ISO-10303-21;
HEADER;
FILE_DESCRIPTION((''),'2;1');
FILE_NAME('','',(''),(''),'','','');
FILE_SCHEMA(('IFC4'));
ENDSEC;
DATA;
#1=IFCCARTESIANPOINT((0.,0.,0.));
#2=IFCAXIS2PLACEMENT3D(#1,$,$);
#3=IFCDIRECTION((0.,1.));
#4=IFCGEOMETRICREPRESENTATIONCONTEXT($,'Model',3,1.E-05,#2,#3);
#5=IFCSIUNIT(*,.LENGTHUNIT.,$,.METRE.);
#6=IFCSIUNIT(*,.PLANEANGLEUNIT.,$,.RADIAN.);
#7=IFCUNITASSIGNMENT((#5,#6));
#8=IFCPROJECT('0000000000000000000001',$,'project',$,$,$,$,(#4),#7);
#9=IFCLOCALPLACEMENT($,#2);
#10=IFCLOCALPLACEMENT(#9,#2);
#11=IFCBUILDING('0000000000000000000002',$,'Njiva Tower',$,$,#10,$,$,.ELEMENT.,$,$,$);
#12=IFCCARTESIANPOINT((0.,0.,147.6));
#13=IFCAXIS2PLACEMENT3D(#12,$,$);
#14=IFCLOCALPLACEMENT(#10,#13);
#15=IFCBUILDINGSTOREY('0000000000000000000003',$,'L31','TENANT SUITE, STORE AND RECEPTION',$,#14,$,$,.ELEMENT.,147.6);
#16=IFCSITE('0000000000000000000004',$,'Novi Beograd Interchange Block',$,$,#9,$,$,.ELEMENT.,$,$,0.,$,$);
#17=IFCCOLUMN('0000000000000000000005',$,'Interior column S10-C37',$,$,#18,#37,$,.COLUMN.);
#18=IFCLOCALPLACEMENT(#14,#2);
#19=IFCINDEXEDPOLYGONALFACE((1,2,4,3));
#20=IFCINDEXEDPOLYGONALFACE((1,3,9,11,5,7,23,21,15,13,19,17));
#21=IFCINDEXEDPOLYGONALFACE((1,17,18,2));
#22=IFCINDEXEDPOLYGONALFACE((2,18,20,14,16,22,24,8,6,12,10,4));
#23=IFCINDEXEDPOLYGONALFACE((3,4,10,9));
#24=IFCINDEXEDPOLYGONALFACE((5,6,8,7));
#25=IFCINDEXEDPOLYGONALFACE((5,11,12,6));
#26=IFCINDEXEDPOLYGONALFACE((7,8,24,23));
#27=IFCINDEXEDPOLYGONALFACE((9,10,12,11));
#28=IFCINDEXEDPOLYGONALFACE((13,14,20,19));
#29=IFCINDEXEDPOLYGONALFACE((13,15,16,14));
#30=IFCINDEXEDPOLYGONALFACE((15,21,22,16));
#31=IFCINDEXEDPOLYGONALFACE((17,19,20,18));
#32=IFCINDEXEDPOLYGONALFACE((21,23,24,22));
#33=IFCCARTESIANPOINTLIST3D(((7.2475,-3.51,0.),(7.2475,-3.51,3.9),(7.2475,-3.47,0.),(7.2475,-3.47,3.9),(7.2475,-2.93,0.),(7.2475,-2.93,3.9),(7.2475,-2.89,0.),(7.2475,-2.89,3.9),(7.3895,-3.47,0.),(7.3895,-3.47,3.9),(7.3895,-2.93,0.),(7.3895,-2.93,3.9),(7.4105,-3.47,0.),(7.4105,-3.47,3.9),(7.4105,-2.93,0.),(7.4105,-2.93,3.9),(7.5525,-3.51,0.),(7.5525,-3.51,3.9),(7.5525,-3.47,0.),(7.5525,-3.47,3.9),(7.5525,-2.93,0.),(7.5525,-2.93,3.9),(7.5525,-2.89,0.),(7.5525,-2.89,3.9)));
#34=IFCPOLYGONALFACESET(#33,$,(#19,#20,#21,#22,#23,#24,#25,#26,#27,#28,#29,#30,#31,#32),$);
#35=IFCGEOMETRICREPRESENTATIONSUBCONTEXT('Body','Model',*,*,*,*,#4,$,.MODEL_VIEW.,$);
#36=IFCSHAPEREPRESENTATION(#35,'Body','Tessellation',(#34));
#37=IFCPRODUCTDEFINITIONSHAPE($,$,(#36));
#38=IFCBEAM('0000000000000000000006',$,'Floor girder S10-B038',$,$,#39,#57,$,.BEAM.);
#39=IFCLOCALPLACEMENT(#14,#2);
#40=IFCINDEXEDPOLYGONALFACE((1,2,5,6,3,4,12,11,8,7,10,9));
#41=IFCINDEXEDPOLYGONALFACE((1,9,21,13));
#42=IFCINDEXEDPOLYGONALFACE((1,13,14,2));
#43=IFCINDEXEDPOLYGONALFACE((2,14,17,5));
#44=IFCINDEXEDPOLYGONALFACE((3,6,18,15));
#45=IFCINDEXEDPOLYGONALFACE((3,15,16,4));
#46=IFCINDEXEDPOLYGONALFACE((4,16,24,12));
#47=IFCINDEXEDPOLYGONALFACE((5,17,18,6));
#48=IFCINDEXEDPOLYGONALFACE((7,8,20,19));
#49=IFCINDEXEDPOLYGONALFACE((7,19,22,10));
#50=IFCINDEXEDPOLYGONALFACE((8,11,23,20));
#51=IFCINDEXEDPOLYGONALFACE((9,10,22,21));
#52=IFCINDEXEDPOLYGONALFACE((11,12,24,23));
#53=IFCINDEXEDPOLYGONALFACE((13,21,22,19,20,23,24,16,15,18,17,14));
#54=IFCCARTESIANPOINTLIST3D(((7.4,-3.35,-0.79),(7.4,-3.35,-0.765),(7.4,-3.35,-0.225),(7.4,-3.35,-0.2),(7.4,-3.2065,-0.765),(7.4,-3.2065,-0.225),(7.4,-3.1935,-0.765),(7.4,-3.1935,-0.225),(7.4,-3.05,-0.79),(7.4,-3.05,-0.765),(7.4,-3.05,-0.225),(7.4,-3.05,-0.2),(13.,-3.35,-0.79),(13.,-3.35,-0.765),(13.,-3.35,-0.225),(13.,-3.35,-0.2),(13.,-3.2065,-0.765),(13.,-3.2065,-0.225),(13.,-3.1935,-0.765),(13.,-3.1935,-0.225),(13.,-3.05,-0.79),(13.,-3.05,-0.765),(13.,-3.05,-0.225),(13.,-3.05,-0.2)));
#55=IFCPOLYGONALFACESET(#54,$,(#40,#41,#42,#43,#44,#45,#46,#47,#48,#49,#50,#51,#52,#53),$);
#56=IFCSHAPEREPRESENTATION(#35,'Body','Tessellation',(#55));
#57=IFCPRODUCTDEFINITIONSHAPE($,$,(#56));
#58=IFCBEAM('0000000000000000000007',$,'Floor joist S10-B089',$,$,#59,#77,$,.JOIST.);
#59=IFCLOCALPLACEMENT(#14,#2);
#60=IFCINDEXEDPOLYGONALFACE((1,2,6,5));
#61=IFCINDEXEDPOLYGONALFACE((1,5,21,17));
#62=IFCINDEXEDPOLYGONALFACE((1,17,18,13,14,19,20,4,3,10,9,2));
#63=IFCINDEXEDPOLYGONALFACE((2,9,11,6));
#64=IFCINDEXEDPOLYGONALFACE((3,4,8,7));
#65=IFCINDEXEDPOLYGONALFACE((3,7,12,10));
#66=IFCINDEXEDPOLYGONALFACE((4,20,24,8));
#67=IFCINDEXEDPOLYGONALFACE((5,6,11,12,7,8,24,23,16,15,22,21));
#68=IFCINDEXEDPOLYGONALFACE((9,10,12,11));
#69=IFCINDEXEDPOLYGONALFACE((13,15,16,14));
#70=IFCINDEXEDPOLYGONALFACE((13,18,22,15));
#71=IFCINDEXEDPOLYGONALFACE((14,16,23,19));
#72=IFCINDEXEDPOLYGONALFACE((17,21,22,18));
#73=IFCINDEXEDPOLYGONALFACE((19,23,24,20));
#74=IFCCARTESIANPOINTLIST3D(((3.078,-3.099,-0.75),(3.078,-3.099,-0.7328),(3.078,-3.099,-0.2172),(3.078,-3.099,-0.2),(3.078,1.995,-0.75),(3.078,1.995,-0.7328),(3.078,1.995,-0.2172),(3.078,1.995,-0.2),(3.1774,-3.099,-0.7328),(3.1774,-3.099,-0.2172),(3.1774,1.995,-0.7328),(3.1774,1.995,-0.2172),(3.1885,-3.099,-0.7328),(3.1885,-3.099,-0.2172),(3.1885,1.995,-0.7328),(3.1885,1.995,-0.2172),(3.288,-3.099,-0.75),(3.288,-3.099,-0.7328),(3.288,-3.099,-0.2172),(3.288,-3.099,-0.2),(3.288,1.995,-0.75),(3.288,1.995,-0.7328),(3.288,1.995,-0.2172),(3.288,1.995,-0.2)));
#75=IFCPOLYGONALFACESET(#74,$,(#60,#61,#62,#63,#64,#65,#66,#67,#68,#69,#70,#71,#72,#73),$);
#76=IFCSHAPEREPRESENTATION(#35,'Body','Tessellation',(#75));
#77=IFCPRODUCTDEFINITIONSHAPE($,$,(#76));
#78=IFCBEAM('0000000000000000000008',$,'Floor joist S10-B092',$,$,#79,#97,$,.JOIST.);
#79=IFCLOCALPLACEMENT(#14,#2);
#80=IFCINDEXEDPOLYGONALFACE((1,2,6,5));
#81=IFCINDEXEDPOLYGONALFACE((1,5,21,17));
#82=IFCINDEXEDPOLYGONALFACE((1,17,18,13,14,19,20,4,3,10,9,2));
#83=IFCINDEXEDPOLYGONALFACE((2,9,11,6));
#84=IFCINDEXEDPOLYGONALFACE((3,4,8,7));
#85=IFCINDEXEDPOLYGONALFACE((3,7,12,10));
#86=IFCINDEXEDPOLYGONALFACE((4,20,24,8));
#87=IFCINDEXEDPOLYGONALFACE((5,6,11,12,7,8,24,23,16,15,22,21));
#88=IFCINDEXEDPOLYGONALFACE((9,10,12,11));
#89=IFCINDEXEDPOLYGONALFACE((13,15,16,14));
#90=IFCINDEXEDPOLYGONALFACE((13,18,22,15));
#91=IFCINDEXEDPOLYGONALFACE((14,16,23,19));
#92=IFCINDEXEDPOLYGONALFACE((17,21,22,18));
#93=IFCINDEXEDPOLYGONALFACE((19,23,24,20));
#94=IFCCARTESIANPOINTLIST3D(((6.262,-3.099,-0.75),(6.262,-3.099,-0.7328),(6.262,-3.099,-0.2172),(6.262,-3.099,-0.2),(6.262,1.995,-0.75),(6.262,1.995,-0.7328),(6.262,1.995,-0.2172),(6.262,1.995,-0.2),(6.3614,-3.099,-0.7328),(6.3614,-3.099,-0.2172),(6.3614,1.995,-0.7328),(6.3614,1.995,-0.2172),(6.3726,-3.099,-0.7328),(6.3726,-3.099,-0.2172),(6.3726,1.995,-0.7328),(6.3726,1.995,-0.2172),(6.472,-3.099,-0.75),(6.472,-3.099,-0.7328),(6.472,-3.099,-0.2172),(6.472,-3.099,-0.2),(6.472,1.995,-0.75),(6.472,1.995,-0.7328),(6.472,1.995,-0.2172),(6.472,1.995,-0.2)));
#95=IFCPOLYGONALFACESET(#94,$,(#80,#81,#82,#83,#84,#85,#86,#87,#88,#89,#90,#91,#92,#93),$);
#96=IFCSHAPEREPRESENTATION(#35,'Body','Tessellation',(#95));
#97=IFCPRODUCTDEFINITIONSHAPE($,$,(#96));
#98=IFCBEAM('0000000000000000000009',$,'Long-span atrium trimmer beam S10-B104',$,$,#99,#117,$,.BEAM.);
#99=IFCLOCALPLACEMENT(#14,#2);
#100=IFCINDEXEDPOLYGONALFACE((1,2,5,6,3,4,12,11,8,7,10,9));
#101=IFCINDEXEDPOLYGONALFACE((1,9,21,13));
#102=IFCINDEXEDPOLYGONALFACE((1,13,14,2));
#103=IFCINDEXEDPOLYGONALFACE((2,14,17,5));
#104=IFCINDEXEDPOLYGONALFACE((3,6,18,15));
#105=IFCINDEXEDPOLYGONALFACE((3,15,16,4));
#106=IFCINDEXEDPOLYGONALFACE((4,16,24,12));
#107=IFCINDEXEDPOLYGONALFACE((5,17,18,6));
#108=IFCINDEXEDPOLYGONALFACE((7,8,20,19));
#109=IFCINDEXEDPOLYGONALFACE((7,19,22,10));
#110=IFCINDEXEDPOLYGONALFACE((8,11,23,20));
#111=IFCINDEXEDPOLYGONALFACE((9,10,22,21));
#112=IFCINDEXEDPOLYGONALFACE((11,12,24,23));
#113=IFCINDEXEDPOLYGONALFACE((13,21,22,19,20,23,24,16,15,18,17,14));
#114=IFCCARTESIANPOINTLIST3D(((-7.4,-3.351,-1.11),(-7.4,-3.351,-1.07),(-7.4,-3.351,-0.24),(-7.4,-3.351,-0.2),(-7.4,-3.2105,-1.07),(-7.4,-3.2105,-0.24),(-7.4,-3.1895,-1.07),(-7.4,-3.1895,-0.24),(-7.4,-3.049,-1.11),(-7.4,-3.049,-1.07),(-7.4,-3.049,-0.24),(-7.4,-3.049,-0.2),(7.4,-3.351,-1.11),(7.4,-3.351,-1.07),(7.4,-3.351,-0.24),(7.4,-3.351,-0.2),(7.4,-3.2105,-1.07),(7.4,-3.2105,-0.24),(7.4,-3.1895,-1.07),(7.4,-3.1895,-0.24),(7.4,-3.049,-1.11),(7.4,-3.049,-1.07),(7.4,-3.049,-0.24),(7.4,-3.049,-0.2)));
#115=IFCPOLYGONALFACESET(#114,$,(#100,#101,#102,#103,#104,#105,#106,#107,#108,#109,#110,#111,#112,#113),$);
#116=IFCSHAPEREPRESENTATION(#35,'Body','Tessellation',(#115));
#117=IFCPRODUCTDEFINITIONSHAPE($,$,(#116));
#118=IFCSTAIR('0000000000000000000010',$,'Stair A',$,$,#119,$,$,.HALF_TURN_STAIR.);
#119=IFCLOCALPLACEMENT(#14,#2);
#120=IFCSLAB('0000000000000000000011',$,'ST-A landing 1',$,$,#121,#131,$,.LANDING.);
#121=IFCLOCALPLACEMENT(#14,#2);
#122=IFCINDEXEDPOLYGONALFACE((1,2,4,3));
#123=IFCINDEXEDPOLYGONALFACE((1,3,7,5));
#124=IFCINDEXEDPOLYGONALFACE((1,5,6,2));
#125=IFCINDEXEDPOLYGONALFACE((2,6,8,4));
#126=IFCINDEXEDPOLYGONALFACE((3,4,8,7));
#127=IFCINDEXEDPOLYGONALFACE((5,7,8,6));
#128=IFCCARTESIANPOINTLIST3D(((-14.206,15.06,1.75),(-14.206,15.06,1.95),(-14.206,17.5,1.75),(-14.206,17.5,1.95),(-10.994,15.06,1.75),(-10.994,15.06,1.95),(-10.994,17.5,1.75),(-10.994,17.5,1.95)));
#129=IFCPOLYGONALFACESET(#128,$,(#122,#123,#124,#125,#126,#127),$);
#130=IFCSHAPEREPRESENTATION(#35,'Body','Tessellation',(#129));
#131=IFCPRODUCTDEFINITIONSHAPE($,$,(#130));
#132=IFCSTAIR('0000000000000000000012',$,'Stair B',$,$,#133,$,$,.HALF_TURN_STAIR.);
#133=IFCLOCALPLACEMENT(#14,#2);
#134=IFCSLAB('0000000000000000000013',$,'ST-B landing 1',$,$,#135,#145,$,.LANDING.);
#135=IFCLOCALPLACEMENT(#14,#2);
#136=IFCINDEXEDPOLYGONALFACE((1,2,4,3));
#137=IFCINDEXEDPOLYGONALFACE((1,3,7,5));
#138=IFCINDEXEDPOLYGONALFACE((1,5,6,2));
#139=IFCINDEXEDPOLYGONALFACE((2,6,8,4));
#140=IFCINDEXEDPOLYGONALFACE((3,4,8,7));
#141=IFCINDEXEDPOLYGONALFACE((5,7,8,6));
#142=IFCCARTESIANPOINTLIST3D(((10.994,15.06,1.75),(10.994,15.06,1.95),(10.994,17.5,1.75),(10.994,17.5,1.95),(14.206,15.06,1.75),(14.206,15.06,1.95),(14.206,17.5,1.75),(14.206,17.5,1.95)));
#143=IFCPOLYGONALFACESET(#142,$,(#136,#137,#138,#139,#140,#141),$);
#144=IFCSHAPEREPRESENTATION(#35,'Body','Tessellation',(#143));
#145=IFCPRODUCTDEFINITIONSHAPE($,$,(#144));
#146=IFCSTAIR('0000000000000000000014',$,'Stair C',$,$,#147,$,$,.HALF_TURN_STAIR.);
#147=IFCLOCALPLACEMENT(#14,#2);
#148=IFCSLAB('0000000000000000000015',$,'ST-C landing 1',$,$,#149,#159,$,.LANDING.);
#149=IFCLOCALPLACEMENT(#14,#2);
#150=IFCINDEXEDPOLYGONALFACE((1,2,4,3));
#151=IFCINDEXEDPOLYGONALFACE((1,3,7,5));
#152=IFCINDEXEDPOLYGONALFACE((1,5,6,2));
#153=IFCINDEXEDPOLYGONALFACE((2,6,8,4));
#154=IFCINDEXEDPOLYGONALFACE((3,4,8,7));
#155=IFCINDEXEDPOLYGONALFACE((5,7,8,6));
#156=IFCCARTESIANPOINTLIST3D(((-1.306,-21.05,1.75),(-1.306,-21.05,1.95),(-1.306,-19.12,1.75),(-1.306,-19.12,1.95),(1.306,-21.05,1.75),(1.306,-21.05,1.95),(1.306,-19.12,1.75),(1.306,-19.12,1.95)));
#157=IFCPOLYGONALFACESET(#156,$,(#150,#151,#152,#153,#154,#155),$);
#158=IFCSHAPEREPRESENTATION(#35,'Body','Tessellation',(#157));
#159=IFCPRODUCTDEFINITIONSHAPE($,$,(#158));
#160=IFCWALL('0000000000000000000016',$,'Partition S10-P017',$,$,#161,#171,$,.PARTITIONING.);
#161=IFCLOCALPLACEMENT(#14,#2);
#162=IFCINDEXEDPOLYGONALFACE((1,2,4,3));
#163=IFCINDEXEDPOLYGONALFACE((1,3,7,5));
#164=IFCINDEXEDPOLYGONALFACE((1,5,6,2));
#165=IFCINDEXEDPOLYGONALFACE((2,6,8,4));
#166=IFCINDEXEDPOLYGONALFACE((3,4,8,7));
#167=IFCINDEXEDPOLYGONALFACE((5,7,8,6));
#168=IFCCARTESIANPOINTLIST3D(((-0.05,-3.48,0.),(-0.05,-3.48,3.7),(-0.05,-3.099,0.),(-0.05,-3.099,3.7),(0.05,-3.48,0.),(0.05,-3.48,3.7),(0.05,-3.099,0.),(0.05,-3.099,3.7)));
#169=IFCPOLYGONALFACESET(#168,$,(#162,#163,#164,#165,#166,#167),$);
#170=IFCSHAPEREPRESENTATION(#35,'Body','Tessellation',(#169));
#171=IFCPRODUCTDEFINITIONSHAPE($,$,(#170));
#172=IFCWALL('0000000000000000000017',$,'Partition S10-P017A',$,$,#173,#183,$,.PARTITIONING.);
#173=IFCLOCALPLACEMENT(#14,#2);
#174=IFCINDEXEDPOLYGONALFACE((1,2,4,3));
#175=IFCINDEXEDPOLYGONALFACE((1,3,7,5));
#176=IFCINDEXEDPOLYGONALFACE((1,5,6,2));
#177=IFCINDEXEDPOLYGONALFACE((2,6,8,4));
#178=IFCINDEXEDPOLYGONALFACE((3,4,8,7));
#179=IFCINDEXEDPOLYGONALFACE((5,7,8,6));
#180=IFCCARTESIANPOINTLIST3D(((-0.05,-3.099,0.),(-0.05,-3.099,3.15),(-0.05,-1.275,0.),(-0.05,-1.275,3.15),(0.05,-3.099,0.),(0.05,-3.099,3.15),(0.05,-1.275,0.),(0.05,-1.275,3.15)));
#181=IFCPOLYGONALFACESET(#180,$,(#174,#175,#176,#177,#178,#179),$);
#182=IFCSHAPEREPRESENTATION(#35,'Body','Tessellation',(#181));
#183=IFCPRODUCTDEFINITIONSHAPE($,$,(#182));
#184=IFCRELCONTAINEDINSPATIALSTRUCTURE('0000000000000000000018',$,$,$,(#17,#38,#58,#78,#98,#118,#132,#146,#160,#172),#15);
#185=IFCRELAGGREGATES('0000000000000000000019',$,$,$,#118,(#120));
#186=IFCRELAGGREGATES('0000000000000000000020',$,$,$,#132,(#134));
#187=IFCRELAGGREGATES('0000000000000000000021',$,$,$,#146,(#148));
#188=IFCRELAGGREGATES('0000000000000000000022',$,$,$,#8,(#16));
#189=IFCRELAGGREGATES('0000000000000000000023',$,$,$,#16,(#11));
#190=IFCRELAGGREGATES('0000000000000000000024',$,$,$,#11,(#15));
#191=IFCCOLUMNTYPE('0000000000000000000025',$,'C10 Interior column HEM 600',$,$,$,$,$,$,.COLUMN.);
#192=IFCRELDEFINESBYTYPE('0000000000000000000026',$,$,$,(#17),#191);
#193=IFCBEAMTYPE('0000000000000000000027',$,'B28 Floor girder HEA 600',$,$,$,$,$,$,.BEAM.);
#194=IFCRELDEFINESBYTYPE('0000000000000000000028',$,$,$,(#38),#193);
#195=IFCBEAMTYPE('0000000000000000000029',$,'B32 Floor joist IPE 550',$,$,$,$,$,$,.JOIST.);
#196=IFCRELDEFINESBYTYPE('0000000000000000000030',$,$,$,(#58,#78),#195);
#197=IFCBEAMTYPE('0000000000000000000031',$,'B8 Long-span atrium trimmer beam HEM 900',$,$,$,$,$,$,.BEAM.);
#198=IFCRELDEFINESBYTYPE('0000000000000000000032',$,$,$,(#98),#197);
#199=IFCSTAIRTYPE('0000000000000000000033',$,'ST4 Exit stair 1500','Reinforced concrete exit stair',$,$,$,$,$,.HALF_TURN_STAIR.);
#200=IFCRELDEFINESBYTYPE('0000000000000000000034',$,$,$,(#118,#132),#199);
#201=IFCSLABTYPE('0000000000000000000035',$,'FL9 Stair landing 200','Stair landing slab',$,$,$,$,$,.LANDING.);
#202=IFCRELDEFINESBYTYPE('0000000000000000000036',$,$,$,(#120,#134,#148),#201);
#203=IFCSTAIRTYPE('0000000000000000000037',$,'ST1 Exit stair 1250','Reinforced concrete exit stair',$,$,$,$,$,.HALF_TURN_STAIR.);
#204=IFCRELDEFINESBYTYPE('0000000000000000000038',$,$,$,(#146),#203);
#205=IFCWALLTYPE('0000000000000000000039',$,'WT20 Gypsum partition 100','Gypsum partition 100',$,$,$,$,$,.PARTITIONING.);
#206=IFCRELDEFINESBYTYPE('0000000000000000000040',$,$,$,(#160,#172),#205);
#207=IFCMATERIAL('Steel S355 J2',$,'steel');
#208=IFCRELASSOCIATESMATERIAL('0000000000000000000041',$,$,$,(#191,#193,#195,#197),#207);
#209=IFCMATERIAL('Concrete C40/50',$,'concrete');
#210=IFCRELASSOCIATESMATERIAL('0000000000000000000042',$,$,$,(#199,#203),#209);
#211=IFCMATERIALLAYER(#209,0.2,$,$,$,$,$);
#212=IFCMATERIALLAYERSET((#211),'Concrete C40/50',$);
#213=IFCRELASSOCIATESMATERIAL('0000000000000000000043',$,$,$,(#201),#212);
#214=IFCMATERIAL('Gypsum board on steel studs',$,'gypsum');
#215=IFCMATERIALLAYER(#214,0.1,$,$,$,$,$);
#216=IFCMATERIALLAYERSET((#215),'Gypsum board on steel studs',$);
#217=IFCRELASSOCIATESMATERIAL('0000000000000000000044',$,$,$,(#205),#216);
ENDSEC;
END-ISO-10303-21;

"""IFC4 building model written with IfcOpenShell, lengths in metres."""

from ifc_helpers import new_model, si_unit, direction, frame, frame_2d, origin, origin_2d, place, context, subcontext, project, spatial, polyline, rectangle, i_section, outline, extrude, material, layer, layer_set, material_profile, profile_set, type_object, element, aggregate, save


model = new_model("IFC4")

# Units and contexts
model_context = context("Model", 3, precision=1e-05, world=origin(), true_north=direction((0.0, 1.0)))
body_context = subcontext(model_context, "Body", "Model", "MODEL_VIEW")
ifc_project = project(units=[si_unit("LENGTHUNIT", "METRE"), si_unit("PLANEANGLEUNIT", "RADIAN")], contexts=[model_context])

# Site, building, storey
site_placement = place(None, origin())
site = spatial("IfcSite", under=ifc_project, at=site_placement, Name="Novi Beograd Interchange Block", CompositionType="ELEMENT", RefElevation=0.0)
building_placement = place(site_placement, origin())
building = spatial("IfcBuilding", under=site, at=building_placement, Name="Njiva Tower", CompositionType="ELEMENT")
storey_placement = place(building_placement, frame((0.0, 0.0, 147.6)))
storey = spatial("IfcBuildingStorey", under=building, at=storey_placement, Name="L31", Description="TENANT SUITE, STORE AND RECEPTION", CompositionType="ELEMENT", Elevation=147.6)

# Column
ifc_material_1 = material(Name="Steel S355 J2", Category="steel")
ifc_material_profile_1 = material_profile(ifc_material_1, i_section(OverallWidth=0.305, OverallDepth=0.62, WebThickness=0.021, FlangeThickness=0.04, at=origin_2d()), Name="HEM 600")
ifc_profile_set_1 = profile_set([ifc_material_profile_1], Name="Steel S355 J2")
column_type = type_object("IfcColumnType", Name="C10 Interior column HEM 600", PredefinedType="COLUMN", material=ifc_profile_set_1)
column_placement = place(storey_placement, frame((7.4, -3.2, 0.0), z_axis=(0.0, 0.0, 1.0), x_axis=(1.0, 0.0, 0.0)))
element("IfcColumn", 1, at=column_placement, inside=storey, type_object=column_type, Name="Interior column S10-C37", PredefinedType="COLUMN", context=body_context, shape_type="SweptSolid", body=[
    extrude(i_section(OverallWidth=0.305, OverallDepth=0.62, WebThickness=0.021, FlangeThickness=0.04, at=origin_2d()), origin(), (0.0, 0.0, 1.0), 3.9),
])

# Beams
ifc_material_profile_2 = material_profile(ifc_material_1, i_section(OverallWidth=0.3, OverallDepth=0.59, WebThickness=0.013, FlangeThickness=0.025, at=origin_2d()), Name="HEA 600")
ifc_profile_set_2 = profile_set([ifc_material_profile_2], Name="Steel S355 J2")
beam_type_1 = type_object("IfcBeamType", Name="B28 Floor girder HEA 600", PredefinedType="BEAM", material=ifc_profile_set_2)
beam_1_placement = place(storey_placement, frame((7.4, -3.2, -0.495), z_axis=(1.0, 0.0, 0.0), x_axis=(0.0, 1.0, 0.0)))
element("IfcBeam", 2, at=beam_1_placement, inside=storey, type_object=beam_type_1, Name="Floor girder S10-B038", PredefinedType="BEAM", context=body_context, shape_type="SweptSolid", body=[
    extrude(i_section(OverallWidth=0.3, OverallDepth=0.59, WebThickness=0.013, FlangeThickness=0.025, at=origin_2d()), origin(), (0.0, 0.0, 1.0), 5.6),
])
ifc_material_profile_3 = material_profile(ifc_material_1, i_section(OverallWidth=0.21, OverallDepth=0.55, WebThickness=0.0111, FlangeThickness=0.0172, at=origin_2d()), Name="IPE 550")
ifc_profile_set_3 = profile_set([ifc_material_profile_3], Name="Steel S355 J2")
beam_type_2 = type_object("IfcBeamType", Name="B32 Floor joist IPE 550", PredefinedType="JOIST", material=ifc_profile_set_3)
for number, where, z_axis, x_axis, name in (
    (3, (3.183, 1.995, -0.475), (0.0, -1.0, 0.0), (1.0, 0.0, 0.0), "Floor joist S10-B089"),
    (4, (6.367, 1.995, -0.475), (0.0, -1.0, 0.0), (1.0, 0.0, 0.0), "Floor joist S10-B092"),
):
    element("IfcBeam", number, at=place(storey_placement, frame(where, z_axis=z_axis, x_axis=x_axis)), inside=storey, type_object=beam_type_2, Name=name, PredefinedType="JOIST", context=body_context, shape_type="SweptSolid", body=[
        extrude(i_section(OverallWidth=0.21, OverallDepth=0.55, WebThickness=0.0111, FlangeThickness=0.0172, at=origin_2d()), origin(), (0.0, 0.0, 1.0), 5.094),
    ])
ifc_material_profile_4 = material_profile(ifc_material_1, i_section(OverallWidth=0.302, OverallDepth=0.91, WebThickness=0.021, FlangeThickness=0.04, at=origin_2d()), Name="HEM 900")
ifc_profile_set_4 = profile_set([ifc_material_profile_4], Name="Steel S355 J2")
beam_type_3 = type_object("IfcBeamType", Name="B8 Long-span atrium trimmer beam HEM 900", PredefinedType="BEAM", material=ifc_profile_set_4)
beam_2_placement = place(storey_placement, frame((7.4, -3.2, -0.655), z_axis=(-1.0, 0.0, 0.0), x_axis=(0.0, -1.0, 0.0)))
element("IfcBeam", 5, at=beam_2_placement, inside=storey, type_object=beam_type_3, Name="Long-span atrium trimmer beam S10-B104", PredefinedType="BEAM", context=body_context, shape_type="SweptSolid", body=[
    extrude(i_section(OverallWidth=0.302, OverallDepth=0.91, WebThickness=0.021, FlangeThickness=0.04, at=origin_2d()), origin(), (0.0, 0.0, 1.0), 14.8),
])

# Stairs, slabs
ifc_material_2 = material(Name="Concrete C40/50", Category="concrete")
stair_type_1 = type_object("IfcStairType", Name="ST4 Exit stair 1500", Description="Reinforced concrete exit stair", PredefinedType="HALF_TURN_STAIR", material=ifc_material_2)
stair_1_placement = place(storey_placement, origin())
stair_1 = element("IfcStair", 6, at=stair_1_placement, inside=storey, type_object=stair_type_1, Name="Stair A", PredefinedType="HALF_TURN_STAIR")
ifc_layer_1 = layer(ifc_material_2, 0.2)
ifc_layer_set_1 = layer_set([ifc_layer_1], Name="Concrete C40/50")
slab_type = type_object("IfcSlabType", Name="FL9 Stair landing 200", Description="Stair landing slab", PredefinedType="LANDING", material=ifc_layer_set_1)
slab_1_placement = place(storey_placement, frame((0.0, 0.0, 1.75)))
slab_1 = element("IfcSlab", 7, at=slab_1_placement, type_object=slab_type, Name="ST-A landing 1", PredefinedType="LANDING", context=body_context, shape_type="SweptSolid", body=[
    extrude(outline(polyline([(-14.206, 15.06), (-10.994, 15.06), (-10.994, 17.5), (-14.206, 17.5), (-14.206, 15.06)])), origin(), (0.0, 0.0, 1.0), 0.2),
])
aggregate(stair_1, [slab_1])
stair_2_placement = place(storey_placement, origin())
stair_2 = element("IfcStair", 8, at=stair_2_placement, inside=storey, type_object=stair_type_1, Name="Stair B", PredefinedType="HALF_TURN_STAIR")
slab_2_placement = place(storey_placement, frame((0.0, 0.0, 1.75)))
slab_2 = element("IfcSlab", 9, at=slab_2_placement, type_object=slab_type, Name="ST-B landing 1", PredefinedType="LANDING", context=body_context, shape_type="SweptSolid", body=[
    extrude(outline(polyline([(10.994, 15.06), (14.206, 15.06), (14.206, 17.5), (10.994, 17.5), (10.994, 15.06)])), origin(), (0.0, 0.0, 1.0), 0.2),
])
aggregate(stair_2, [slab_2])
stair_type_2 = type_object("IfcStairType", Name="ST1 Exit stair 1250", Description="Reinforced concrete exit stair", PredefinedType="HALF_TURN_STAIR", material=ifc_material_2)
stair_3_placement = place(storey_placement, origin())
stair_3 = element("IfcStair", 10, at=stair_3_placement, inside=storey, type_object=stair_type_2, Name="Stair C", PredefinedType="HALF_TURN_STAIR")
slab_3_placement = place(storey_placement, frame((0.0, 0.0, 1.75)))
slab_3 = element("IfcSlab", 11, at=slab_3_placement, type_object=slab_type, Name="ST-C landing 1", PredefinedType="LANDING", context=body_context, shape_type="SweptSolid", body=[
    extrude(outline(polyline([(-1.306, -21.05), (1.306, -21.05), (1.306, -19.12), (-1.306, -19.12), (-1.306, -21.05)])), origin(), (0.0, 0.0, 1.0), 0.2),
])
aggregate(stair_3, [slab_3])

# Walls
ifc_material_3 = material(Name="Gypsum board on steel studs", Category="gypsum")
ifc_layer_2 = layer(ifc_material_3, 0.1)
ifc_layer_set_2 = layer_set([ifc_layer_2], Name="Gypsum board on steel studs")
wall_type_1 = type_object("IfcWallType", Name="WT20 Gypsum partition 100", Description="Gypsum partition 100", PredefinedType="PARTITIONING", material=ifc_layer_set_2)
wall_1_placement = place(storey_placement, frame((0.0, -3.48, 0.0), z_axis=(0.0, 0.0, 1.0), x_axis=(0.0, 1.0, 0.0)))
element("IfcWall", 12, at=wall_1_placement, inside=storey, type_object=wall_type_1, Name="Partition S10-P017", PredefinedType="PARTITIONING", context=body_context, shape_type="SweptSolid", body=[
    extrude(rectangle(XDim=0.381, YDim=0.1, at=frame_2d((0.1905, 0.0))), origin(), (0.0, 0.0, 1.0), 3.7),
])
wall_2_placement = place(storey_placement, frame((0.0, -3.099, 0.0), z_axis=(0.0, 0.0, 1.0), x_axis=(0.0, 1.0, 0.0)))
element("IfcWall", 13, at=wall_2_placement, inside=storey, type_object=wall_type_1, Name="Partition S10-P017A", PredefinedType="PARTITIONING", context=body_context, shape_type="SweptSolid", body=[
    extrude(rectangle(XDim=1.824, YDim=0.1, at=frame_2d((0.912, 0.0))), origin(), (0.0, 0.0, 1.0), 3.15),
])

save(model, "model.ifc")
